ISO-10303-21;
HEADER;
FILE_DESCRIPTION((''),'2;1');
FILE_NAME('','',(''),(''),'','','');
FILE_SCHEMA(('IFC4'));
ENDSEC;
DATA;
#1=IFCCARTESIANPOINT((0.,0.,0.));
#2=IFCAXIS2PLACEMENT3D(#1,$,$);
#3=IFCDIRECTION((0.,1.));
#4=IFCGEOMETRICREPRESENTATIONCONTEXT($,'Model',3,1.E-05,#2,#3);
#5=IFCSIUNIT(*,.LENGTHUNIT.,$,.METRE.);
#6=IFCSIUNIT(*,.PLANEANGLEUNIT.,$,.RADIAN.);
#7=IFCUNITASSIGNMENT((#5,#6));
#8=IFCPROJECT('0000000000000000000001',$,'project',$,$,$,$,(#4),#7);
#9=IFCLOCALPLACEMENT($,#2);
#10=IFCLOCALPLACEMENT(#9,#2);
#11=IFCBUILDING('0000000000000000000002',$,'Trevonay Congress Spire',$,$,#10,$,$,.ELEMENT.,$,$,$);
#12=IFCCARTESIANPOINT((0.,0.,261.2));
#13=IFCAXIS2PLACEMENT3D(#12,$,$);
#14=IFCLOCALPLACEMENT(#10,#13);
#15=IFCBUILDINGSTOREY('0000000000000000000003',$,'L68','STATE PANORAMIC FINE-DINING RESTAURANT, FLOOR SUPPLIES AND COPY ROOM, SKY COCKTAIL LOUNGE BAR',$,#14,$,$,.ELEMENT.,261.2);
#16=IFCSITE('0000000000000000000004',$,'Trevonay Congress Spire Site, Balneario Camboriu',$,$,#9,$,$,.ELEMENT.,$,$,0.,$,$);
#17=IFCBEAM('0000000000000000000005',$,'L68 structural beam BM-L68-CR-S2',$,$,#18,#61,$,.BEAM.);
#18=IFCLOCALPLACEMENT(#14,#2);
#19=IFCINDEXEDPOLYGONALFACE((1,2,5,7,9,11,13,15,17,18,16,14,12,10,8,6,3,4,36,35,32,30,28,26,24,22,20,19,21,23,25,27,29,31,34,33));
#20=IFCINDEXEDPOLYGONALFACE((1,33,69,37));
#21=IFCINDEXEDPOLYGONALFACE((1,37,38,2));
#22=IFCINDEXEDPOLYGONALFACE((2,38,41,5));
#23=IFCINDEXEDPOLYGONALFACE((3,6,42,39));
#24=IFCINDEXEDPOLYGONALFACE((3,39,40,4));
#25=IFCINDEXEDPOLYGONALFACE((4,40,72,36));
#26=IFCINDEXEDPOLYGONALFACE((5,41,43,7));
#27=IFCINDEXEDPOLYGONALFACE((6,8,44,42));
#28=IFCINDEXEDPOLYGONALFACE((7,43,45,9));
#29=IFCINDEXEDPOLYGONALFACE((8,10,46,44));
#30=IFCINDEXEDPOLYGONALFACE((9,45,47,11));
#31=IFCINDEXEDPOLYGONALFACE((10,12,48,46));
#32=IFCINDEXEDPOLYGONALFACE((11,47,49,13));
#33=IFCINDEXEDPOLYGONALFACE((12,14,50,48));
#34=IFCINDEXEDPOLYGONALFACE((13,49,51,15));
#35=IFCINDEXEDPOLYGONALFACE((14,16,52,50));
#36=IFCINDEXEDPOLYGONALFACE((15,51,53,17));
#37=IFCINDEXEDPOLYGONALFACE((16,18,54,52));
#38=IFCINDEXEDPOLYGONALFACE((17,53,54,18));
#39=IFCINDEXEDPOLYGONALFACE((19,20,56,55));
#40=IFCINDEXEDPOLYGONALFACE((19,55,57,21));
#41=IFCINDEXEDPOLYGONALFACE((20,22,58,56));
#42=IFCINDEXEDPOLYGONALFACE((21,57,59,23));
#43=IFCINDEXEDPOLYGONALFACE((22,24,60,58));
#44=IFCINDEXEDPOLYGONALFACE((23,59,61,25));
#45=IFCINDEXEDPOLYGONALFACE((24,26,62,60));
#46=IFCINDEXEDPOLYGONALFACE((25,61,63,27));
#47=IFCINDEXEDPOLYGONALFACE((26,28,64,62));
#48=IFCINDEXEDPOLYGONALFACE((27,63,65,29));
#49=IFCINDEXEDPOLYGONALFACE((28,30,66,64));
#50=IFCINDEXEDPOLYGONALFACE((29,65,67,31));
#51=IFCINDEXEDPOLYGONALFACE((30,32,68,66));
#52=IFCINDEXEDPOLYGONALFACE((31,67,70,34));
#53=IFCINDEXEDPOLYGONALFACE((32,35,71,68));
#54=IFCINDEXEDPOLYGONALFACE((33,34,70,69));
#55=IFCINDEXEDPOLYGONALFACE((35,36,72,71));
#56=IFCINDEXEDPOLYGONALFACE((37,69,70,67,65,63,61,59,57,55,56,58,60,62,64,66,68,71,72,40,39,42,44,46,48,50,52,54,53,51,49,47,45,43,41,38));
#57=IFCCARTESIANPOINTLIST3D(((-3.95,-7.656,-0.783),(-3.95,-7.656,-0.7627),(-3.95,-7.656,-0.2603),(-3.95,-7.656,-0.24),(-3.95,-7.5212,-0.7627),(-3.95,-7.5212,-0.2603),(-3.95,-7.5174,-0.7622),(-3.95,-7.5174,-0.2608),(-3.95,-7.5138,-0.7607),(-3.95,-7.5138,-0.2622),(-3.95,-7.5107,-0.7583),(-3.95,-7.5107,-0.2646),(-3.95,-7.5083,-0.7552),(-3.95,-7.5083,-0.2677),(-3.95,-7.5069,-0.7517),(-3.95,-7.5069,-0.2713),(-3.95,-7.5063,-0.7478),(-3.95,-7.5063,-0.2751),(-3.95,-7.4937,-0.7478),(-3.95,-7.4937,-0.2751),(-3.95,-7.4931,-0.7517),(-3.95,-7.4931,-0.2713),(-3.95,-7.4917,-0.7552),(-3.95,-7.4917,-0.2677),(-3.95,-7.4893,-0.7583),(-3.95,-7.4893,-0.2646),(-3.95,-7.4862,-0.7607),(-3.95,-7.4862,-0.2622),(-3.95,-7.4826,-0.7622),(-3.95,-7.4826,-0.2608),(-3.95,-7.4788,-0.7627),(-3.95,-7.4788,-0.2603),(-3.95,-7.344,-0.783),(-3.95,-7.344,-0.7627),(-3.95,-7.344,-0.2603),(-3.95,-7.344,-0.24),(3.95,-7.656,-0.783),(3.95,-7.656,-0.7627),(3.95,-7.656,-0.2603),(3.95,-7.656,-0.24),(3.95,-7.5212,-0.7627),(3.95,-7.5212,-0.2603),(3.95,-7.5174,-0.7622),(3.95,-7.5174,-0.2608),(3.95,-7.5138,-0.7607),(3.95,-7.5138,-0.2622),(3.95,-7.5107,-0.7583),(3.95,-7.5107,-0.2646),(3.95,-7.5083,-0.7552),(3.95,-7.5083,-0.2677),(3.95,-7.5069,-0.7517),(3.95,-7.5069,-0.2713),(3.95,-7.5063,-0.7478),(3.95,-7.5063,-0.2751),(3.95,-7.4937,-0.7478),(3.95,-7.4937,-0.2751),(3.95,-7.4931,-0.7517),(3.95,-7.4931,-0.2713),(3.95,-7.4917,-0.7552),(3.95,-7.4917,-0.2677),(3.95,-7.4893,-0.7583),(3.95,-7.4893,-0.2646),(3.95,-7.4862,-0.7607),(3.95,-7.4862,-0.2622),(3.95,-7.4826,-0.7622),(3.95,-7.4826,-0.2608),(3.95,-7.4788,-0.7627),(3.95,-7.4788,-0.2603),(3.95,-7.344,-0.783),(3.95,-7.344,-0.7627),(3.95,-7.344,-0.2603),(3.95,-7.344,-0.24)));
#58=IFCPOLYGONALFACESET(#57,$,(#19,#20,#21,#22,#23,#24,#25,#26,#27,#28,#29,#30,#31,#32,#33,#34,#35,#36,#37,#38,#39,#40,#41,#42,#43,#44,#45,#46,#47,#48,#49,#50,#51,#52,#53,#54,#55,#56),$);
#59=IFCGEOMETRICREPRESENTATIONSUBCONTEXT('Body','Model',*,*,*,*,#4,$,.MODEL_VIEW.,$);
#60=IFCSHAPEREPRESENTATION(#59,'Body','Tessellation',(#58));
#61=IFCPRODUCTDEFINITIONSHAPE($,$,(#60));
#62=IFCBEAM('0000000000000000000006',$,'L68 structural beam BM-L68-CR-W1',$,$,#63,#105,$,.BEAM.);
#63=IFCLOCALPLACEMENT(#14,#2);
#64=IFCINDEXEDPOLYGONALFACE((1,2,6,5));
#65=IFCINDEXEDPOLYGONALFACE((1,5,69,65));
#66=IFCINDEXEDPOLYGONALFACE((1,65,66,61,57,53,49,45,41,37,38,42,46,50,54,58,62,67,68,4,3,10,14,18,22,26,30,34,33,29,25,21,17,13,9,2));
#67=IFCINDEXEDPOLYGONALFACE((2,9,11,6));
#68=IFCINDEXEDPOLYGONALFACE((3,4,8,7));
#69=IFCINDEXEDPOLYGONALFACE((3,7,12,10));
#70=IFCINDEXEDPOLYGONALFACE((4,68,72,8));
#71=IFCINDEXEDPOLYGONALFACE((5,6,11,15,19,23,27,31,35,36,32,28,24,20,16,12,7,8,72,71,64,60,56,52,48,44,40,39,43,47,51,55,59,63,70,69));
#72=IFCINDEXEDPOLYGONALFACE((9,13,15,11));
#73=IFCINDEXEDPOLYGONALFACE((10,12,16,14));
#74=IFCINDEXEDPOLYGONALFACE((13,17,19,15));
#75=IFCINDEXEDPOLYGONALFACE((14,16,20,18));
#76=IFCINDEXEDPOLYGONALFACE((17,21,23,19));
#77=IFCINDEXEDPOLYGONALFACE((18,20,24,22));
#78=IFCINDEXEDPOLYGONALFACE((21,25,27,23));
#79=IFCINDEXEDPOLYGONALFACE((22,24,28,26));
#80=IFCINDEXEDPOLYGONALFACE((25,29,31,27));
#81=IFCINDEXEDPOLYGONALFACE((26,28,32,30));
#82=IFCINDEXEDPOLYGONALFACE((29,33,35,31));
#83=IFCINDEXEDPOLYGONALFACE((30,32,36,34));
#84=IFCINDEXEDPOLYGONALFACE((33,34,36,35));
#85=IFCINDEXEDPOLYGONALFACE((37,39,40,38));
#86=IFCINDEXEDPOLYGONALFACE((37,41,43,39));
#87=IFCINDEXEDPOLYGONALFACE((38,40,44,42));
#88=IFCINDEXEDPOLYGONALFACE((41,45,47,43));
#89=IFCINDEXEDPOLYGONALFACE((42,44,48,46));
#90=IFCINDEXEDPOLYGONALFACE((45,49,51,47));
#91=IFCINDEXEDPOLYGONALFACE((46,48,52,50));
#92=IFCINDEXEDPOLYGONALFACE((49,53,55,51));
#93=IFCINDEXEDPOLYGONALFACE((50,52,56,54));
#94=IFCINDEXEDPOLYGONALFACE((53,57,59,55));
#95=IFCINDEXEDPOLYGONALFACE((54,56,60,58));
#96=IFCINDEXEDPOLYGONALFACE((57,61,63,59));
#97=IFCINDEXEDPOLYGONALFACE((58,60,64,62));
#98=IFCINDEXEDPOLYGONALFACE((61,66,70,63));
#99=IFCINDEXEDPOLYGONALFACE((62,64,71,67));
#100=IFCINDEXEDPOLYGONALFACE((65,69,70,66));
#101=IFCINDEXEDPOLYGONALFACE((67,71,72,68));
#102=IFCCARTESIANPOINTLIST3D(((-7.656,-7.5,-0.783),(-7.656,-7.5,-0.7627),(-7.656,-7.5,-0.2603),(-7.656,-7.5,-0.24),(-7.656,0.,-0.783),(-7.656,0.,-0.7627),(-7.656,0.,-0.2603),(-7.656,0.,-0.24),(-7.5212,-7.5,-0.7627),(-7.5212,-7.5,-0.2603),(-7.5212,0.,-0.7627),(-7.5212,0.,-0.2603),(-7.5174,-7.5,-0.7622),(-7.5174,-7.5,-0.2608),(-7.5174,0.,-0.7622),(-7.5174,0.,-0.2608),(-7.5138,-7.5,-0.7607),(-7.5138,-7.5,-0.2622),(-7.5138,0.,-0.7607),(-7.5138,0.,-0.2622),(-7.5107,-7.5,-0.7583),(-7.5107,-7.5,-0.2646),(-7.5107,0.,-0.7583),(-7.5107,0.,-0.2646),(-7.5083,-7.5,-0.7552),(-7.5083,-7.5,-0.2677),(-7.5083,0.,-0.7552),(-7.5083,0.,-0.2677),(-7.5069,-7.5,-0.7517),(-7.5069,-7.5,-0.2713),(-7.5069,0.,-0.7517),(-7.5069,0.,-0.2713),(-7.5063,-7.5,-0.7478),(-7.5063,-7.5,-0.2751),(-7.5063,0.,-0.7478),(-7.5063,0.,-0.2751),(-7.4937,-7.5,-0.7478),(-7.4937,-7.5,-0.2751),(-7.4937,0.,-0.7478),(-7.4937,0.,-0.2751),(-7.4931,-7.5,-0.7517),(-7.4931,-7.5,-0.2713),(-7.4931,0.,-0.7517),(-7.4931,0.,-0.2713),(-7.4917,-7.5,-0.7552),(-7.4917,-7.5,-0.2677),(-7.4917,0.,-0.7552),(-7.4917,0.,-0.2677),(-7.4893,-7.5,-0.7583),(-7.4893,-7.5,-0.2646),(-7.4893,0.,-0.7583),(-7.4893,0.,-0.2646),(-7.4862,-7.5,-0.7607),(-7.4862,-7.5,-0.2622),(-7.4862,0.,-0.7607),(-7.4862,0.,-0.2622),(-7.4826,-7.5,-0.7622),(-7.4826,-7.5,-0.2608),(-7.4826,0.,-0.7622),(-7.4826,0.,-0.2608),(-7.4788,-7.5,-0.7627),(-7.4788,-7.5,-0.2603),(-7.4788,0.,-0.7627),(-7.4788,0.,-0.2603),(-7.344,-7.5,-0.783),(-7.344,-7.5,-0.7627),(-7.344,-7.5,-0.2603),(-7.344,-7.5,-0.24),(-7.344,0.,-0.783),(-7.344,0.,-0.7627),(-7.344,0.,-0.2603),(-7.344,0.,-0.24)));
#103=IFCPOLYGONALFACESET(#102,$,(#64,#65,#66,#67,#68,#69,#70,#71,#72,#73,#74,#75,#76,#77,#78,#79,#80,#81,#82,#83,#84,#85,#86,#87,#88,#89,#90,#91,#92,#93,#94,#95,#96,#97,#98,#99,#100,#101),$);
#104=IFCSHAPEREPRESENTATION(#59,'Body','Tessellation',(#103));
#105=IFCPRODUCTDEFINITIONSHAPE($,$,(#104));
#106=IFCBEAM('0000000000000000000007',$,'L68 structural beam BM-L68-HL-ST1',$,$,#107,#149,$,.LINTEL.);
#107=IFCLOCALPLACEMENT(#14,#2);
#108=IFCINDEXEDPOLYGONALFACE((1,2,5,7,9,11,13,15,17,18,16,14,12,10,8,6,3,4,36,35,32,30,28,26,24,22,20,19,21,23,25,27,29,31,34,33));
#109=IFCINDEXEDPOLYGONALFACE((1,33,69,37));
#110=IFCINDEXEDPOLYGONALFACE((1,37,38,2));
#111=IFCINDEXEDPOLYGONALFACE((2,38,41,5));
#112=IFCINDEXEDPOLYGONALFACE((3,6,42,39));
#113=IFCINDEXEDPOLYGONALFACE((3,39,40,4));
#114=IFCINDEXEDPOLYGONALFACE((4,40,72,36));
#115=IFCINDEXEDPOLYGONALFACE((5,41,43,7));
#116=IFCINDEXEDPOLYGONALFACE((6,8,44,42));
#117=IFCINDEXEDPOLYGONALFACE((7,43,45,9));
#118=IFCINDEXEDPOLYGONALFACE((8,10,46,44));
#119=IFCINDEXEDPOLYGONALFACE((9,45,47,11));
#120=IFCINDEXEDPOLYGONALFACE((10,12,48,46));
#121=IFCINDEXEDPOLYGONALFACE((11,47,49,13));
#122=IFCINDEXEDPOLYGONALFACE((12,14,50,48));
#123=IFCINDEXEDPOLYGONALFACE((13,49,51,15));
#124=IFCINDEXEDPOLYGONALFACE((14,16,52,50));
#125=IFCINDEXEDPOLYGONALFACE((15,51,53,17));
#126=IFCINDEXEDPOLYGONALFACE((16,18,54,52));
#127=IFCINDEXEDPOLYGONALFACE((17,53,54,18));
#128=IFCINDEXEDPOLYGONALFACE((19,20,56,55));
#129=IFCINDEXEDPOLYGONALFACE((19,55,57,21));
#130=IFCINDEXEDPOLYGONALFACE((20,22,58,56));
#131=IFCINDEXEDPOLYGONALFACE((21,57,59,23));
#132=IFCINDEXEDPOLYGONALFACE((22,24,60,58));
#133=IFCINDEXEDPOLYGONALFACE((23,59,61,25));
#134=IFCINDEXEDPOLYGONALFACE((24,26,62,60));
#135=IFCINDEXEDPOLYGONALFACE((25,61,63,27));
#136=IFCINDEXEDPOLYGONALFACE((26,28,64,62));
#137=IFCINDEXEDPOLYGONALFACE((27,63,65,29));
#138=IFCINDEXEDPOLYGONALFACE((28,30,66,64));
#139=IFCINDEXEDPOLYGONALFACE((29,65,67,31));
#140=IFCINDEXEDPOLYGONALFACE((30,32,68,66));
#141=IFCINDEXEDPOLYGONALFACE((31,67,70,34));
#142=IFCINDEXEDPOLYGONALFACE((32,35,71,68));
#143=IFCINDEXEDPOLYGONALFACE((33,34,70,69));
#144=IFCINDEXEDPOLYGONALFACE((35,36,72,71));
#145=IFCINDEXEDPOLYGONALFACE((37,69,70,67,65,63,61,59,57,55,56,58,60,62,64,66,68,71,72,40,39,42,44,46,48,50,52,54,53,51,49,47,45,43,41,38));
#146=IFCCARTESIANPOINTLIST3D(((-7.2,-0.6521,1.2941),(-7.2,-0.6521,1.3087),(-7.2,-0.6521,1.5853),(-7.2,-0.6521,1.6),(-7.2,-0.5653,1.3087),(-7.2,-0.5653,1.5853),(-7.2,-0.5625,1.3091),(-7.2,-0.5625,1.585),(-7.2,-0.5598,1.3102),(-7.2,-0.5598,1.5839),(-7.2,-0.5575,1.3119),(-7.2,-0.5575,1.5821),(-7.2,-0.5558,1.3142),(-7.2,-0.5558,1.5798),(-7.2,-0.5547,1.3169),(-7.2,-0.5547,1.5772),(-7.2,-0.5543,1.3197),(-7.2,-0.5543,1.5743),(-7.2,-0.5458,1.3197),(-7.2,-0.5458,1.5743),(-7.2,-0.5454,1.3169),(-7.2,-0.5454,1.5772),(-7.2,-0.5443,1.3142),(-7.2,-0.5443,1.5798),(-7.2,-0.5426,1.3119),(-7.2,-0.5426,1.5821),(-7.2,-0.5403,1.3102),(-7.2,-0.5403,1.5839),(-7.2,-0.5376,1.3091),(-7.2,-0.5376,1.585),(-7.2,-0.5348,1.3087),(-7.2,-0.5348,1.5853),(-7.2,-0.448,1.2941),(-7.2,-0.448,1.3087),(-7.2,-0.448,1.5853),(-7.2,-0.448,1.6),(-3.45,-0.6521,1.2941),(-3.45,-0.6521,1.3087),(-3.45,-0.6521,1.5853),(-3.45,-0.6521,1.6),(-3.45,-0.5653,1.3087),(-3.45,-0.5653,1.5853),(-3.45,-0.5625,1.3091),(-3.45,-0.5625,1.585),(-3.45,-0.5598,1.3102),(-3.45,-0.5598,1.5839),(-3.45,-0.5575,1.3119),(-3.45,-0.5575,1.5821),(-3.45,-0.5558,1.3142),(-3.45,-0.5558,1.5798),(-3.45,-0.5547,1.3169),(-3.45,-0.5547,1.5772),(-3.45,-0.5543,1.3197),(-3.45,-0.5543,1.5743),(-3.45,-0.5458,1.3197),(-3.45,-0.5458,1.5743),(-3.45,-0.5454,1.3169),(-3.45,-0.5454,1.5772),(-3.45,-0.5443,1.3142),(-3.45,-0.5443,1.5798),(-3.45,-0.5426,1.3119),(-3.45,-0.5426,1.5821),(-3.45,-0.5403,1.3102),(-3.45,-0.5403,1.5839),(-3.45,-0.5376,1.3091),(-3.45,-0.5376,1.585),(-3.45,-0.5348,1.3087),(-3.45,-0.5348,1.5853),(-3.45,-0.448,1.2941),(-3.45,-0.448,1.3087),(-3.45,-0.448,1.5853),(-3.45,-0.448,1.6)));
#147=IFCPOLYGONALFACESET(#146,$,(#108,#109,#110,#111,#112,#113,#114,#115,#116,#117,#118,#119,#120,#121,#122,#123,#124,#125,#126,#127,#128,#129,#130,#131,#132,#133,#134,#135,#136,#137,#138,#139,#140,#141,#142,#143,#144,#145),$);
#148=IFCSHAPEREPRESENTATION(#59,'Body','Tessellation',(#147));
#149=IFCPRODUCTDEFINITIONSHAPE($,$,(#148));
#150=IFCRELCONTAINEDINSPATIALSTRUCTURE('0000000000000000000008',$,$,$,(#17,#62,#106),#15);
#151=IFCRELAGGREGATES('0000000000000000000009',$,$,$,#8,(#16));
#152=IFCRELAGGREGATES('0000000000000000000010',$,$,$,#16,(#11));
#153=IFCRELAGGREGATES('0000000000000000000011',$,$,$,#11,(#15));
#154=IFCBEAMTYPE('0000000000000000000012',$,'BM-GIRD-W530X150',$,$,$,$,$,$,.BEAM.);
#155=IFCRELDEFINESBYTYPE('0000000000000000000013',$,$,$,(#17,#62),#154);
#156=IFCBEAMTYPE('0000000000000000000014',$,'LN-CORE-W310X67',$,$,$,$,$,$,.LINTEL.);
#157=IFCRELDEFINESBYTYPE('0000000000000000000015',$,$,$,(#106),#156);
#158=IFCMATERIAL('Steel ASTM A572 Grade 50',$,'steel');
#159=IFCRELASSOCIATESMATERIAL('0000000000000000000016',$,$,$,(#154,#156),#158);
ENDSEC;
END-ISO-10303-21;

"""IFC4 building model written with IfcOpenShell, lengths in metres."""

from ifc_helpers import new_model, si_unit, direction, frame, origin, origin_2d, place, context, subcontext, project, spatial, i_section, extrude, material, material_profile, profile_set, type_object, element, save


model = new_model("IFC4")

# Units and contexts
model_context = context("Model", 3, precision=1e-05, world=origin(), true_north=direction((0.0, 1.0)))
body_context = subcontext(model_context, "Body", "Model", "MODEL_VIEW")
ifc_project = project(units=[si_unit("LENGTHUNIT", "METRE"), si_unit("PLANEANGLEUNIT", "RADIAN")], contexts=[model_context])

# Site, building, storey
site_placement = place(None, origin())
site = spatial("IfcSite", under=ifc_project, at=site_placement, Name="Trevonay Congress Spire Site, Balneario Camboriu", CompositionType="ELEMENT", RefElevation=0.0)
building_placement = place(site_placement, origin())
building = spatial("IfcBuilding", under=site, at=building_placement, Name="Trevonay Congress Spire", CompositionType="ELEMENT")
storey_placement = place(building_placement, frame((0.0, 0.0, 261.2)))
storey = spatial("IfcBuildingStorey", under=building, at=storey_placement, Name="L68", Description="STATE PANORAMIC FINE-DINING RESTAURANT, FLOOR SUPPLIES AND COPY ROOM, SKY COCKTAIL LOUNGE BAR", CompositionType="ELEMENT", Elevation=261.2)

# Shared definitions
ifc_material_1 = material(Name="Steel ASTM A572 Grade 50", Category="steel")

# Beams
ifc_material_profile_1 = material_profile(ifc_material_1, i_section(OverallWidth=0.312, OverallDepth=0.543, WebThickness=0.0127, FlangeThickness=0.0203, FilletRadius=0.0149, at=origin_2d()), Name="W530x150")
ifc_profile_set_1 = profile_set([ifc_material_profile_1], Name="Steel ASTM A572 Grade 50")
beam_type_1 = type_object("IfcBeamType", Name="BM-GIRD-W530X150", PredefinedType="BEAM", material=ifc_profile_set_1)
beam_1_placement = place(storey_placement, frame((-3.95, -7.5, -0.5115), z_axis=(1.0, 0.0, 0.0), x_axis=(0.0, 1.0, 0.0)))
element("IfcBeam", 1, at=beam_1_placement, inside=storey, type_object=beam_type_1, Name="L68 structural beam BM-L68-CR-S2", PredefinedType="BEAM", context=body_context, shape_type="SweptSolid", body=[
    extrude(i_section(OverallWidth=0.312, OverallDepth=0.543, WebThickness=0.0127, FlangeThickness=0.0203, FilletRadius=0.0149, at=origin_2d()), origin(), (0.0, 0.0, 1.0), 7.8999),
])
beam_2_placement = place(storey_placement, frame((-7.5, -7.5, -0.5115), z_axis=(0.0, 1.0, 0.0), x_axis=(-1.0, 0.0, 0.0)))
element("IfcBeam", 2, at=beam_2_placement, inside=storey, type_object=beam_type_1, Name="L68 structural beam BM-L68-CR-W1", PredefinedType="BEAM", context=body_context, shape_type="SweptSolid", body=[
    extrude(i_section(OverallWidth=0.312, OverallDepth=0.543, WebThickness=0.0127, FlangeThickness=0.0203, FilletRadius=0.0149, at=origin_2d()), origin(), (0.0, 0.0, 1.0), 7.5),
])
ifc_material_profile_2 = material_profile(ifc_material_1, i_section(OverallWidth=0.2041, OverallDepth=0.3059, WebThickness=0.0085, FlangeThickness=0.0146, FilletRadius=0.011, at=origin_2d()), Name="W310x67")
ifc_profile_set_2 = profile_set([ifc_material_profile_2], Name="Steel ASTM A572 Grade 50")
beam_type_2 = type_object("IfcBeamType", Name="LN-CORE-W310X67", PredefinedType="LINTEL", material=ifc_profile_set_2)
beam_3_placement = place(storey_placement, frame((-7.2, -0.55, 1.447), z_axis=(1.0, 0.0, 0.0), x_axis=(0.0, 1.0, 0.0)))
element("IfcBeam", 3, at=beam_3_placement, inside=storey, type_object=beam_type_2, Name="L68 structural beam BM-L68-HL-ST1", PredefinedType="LINTEL", context=body_context, shape_type="SweptSolid", body=[
    extrude(i_section(OverallWidth=0.2041, OverallDepth=0.3059, WebThickness=0.0085, FlangeThickness=0.0146, FilletRadius=0.011, at=origin_2d()), origin(), (0.0, 0.0, 1.0), 3.75),
])

save(model, "model.ifc")
